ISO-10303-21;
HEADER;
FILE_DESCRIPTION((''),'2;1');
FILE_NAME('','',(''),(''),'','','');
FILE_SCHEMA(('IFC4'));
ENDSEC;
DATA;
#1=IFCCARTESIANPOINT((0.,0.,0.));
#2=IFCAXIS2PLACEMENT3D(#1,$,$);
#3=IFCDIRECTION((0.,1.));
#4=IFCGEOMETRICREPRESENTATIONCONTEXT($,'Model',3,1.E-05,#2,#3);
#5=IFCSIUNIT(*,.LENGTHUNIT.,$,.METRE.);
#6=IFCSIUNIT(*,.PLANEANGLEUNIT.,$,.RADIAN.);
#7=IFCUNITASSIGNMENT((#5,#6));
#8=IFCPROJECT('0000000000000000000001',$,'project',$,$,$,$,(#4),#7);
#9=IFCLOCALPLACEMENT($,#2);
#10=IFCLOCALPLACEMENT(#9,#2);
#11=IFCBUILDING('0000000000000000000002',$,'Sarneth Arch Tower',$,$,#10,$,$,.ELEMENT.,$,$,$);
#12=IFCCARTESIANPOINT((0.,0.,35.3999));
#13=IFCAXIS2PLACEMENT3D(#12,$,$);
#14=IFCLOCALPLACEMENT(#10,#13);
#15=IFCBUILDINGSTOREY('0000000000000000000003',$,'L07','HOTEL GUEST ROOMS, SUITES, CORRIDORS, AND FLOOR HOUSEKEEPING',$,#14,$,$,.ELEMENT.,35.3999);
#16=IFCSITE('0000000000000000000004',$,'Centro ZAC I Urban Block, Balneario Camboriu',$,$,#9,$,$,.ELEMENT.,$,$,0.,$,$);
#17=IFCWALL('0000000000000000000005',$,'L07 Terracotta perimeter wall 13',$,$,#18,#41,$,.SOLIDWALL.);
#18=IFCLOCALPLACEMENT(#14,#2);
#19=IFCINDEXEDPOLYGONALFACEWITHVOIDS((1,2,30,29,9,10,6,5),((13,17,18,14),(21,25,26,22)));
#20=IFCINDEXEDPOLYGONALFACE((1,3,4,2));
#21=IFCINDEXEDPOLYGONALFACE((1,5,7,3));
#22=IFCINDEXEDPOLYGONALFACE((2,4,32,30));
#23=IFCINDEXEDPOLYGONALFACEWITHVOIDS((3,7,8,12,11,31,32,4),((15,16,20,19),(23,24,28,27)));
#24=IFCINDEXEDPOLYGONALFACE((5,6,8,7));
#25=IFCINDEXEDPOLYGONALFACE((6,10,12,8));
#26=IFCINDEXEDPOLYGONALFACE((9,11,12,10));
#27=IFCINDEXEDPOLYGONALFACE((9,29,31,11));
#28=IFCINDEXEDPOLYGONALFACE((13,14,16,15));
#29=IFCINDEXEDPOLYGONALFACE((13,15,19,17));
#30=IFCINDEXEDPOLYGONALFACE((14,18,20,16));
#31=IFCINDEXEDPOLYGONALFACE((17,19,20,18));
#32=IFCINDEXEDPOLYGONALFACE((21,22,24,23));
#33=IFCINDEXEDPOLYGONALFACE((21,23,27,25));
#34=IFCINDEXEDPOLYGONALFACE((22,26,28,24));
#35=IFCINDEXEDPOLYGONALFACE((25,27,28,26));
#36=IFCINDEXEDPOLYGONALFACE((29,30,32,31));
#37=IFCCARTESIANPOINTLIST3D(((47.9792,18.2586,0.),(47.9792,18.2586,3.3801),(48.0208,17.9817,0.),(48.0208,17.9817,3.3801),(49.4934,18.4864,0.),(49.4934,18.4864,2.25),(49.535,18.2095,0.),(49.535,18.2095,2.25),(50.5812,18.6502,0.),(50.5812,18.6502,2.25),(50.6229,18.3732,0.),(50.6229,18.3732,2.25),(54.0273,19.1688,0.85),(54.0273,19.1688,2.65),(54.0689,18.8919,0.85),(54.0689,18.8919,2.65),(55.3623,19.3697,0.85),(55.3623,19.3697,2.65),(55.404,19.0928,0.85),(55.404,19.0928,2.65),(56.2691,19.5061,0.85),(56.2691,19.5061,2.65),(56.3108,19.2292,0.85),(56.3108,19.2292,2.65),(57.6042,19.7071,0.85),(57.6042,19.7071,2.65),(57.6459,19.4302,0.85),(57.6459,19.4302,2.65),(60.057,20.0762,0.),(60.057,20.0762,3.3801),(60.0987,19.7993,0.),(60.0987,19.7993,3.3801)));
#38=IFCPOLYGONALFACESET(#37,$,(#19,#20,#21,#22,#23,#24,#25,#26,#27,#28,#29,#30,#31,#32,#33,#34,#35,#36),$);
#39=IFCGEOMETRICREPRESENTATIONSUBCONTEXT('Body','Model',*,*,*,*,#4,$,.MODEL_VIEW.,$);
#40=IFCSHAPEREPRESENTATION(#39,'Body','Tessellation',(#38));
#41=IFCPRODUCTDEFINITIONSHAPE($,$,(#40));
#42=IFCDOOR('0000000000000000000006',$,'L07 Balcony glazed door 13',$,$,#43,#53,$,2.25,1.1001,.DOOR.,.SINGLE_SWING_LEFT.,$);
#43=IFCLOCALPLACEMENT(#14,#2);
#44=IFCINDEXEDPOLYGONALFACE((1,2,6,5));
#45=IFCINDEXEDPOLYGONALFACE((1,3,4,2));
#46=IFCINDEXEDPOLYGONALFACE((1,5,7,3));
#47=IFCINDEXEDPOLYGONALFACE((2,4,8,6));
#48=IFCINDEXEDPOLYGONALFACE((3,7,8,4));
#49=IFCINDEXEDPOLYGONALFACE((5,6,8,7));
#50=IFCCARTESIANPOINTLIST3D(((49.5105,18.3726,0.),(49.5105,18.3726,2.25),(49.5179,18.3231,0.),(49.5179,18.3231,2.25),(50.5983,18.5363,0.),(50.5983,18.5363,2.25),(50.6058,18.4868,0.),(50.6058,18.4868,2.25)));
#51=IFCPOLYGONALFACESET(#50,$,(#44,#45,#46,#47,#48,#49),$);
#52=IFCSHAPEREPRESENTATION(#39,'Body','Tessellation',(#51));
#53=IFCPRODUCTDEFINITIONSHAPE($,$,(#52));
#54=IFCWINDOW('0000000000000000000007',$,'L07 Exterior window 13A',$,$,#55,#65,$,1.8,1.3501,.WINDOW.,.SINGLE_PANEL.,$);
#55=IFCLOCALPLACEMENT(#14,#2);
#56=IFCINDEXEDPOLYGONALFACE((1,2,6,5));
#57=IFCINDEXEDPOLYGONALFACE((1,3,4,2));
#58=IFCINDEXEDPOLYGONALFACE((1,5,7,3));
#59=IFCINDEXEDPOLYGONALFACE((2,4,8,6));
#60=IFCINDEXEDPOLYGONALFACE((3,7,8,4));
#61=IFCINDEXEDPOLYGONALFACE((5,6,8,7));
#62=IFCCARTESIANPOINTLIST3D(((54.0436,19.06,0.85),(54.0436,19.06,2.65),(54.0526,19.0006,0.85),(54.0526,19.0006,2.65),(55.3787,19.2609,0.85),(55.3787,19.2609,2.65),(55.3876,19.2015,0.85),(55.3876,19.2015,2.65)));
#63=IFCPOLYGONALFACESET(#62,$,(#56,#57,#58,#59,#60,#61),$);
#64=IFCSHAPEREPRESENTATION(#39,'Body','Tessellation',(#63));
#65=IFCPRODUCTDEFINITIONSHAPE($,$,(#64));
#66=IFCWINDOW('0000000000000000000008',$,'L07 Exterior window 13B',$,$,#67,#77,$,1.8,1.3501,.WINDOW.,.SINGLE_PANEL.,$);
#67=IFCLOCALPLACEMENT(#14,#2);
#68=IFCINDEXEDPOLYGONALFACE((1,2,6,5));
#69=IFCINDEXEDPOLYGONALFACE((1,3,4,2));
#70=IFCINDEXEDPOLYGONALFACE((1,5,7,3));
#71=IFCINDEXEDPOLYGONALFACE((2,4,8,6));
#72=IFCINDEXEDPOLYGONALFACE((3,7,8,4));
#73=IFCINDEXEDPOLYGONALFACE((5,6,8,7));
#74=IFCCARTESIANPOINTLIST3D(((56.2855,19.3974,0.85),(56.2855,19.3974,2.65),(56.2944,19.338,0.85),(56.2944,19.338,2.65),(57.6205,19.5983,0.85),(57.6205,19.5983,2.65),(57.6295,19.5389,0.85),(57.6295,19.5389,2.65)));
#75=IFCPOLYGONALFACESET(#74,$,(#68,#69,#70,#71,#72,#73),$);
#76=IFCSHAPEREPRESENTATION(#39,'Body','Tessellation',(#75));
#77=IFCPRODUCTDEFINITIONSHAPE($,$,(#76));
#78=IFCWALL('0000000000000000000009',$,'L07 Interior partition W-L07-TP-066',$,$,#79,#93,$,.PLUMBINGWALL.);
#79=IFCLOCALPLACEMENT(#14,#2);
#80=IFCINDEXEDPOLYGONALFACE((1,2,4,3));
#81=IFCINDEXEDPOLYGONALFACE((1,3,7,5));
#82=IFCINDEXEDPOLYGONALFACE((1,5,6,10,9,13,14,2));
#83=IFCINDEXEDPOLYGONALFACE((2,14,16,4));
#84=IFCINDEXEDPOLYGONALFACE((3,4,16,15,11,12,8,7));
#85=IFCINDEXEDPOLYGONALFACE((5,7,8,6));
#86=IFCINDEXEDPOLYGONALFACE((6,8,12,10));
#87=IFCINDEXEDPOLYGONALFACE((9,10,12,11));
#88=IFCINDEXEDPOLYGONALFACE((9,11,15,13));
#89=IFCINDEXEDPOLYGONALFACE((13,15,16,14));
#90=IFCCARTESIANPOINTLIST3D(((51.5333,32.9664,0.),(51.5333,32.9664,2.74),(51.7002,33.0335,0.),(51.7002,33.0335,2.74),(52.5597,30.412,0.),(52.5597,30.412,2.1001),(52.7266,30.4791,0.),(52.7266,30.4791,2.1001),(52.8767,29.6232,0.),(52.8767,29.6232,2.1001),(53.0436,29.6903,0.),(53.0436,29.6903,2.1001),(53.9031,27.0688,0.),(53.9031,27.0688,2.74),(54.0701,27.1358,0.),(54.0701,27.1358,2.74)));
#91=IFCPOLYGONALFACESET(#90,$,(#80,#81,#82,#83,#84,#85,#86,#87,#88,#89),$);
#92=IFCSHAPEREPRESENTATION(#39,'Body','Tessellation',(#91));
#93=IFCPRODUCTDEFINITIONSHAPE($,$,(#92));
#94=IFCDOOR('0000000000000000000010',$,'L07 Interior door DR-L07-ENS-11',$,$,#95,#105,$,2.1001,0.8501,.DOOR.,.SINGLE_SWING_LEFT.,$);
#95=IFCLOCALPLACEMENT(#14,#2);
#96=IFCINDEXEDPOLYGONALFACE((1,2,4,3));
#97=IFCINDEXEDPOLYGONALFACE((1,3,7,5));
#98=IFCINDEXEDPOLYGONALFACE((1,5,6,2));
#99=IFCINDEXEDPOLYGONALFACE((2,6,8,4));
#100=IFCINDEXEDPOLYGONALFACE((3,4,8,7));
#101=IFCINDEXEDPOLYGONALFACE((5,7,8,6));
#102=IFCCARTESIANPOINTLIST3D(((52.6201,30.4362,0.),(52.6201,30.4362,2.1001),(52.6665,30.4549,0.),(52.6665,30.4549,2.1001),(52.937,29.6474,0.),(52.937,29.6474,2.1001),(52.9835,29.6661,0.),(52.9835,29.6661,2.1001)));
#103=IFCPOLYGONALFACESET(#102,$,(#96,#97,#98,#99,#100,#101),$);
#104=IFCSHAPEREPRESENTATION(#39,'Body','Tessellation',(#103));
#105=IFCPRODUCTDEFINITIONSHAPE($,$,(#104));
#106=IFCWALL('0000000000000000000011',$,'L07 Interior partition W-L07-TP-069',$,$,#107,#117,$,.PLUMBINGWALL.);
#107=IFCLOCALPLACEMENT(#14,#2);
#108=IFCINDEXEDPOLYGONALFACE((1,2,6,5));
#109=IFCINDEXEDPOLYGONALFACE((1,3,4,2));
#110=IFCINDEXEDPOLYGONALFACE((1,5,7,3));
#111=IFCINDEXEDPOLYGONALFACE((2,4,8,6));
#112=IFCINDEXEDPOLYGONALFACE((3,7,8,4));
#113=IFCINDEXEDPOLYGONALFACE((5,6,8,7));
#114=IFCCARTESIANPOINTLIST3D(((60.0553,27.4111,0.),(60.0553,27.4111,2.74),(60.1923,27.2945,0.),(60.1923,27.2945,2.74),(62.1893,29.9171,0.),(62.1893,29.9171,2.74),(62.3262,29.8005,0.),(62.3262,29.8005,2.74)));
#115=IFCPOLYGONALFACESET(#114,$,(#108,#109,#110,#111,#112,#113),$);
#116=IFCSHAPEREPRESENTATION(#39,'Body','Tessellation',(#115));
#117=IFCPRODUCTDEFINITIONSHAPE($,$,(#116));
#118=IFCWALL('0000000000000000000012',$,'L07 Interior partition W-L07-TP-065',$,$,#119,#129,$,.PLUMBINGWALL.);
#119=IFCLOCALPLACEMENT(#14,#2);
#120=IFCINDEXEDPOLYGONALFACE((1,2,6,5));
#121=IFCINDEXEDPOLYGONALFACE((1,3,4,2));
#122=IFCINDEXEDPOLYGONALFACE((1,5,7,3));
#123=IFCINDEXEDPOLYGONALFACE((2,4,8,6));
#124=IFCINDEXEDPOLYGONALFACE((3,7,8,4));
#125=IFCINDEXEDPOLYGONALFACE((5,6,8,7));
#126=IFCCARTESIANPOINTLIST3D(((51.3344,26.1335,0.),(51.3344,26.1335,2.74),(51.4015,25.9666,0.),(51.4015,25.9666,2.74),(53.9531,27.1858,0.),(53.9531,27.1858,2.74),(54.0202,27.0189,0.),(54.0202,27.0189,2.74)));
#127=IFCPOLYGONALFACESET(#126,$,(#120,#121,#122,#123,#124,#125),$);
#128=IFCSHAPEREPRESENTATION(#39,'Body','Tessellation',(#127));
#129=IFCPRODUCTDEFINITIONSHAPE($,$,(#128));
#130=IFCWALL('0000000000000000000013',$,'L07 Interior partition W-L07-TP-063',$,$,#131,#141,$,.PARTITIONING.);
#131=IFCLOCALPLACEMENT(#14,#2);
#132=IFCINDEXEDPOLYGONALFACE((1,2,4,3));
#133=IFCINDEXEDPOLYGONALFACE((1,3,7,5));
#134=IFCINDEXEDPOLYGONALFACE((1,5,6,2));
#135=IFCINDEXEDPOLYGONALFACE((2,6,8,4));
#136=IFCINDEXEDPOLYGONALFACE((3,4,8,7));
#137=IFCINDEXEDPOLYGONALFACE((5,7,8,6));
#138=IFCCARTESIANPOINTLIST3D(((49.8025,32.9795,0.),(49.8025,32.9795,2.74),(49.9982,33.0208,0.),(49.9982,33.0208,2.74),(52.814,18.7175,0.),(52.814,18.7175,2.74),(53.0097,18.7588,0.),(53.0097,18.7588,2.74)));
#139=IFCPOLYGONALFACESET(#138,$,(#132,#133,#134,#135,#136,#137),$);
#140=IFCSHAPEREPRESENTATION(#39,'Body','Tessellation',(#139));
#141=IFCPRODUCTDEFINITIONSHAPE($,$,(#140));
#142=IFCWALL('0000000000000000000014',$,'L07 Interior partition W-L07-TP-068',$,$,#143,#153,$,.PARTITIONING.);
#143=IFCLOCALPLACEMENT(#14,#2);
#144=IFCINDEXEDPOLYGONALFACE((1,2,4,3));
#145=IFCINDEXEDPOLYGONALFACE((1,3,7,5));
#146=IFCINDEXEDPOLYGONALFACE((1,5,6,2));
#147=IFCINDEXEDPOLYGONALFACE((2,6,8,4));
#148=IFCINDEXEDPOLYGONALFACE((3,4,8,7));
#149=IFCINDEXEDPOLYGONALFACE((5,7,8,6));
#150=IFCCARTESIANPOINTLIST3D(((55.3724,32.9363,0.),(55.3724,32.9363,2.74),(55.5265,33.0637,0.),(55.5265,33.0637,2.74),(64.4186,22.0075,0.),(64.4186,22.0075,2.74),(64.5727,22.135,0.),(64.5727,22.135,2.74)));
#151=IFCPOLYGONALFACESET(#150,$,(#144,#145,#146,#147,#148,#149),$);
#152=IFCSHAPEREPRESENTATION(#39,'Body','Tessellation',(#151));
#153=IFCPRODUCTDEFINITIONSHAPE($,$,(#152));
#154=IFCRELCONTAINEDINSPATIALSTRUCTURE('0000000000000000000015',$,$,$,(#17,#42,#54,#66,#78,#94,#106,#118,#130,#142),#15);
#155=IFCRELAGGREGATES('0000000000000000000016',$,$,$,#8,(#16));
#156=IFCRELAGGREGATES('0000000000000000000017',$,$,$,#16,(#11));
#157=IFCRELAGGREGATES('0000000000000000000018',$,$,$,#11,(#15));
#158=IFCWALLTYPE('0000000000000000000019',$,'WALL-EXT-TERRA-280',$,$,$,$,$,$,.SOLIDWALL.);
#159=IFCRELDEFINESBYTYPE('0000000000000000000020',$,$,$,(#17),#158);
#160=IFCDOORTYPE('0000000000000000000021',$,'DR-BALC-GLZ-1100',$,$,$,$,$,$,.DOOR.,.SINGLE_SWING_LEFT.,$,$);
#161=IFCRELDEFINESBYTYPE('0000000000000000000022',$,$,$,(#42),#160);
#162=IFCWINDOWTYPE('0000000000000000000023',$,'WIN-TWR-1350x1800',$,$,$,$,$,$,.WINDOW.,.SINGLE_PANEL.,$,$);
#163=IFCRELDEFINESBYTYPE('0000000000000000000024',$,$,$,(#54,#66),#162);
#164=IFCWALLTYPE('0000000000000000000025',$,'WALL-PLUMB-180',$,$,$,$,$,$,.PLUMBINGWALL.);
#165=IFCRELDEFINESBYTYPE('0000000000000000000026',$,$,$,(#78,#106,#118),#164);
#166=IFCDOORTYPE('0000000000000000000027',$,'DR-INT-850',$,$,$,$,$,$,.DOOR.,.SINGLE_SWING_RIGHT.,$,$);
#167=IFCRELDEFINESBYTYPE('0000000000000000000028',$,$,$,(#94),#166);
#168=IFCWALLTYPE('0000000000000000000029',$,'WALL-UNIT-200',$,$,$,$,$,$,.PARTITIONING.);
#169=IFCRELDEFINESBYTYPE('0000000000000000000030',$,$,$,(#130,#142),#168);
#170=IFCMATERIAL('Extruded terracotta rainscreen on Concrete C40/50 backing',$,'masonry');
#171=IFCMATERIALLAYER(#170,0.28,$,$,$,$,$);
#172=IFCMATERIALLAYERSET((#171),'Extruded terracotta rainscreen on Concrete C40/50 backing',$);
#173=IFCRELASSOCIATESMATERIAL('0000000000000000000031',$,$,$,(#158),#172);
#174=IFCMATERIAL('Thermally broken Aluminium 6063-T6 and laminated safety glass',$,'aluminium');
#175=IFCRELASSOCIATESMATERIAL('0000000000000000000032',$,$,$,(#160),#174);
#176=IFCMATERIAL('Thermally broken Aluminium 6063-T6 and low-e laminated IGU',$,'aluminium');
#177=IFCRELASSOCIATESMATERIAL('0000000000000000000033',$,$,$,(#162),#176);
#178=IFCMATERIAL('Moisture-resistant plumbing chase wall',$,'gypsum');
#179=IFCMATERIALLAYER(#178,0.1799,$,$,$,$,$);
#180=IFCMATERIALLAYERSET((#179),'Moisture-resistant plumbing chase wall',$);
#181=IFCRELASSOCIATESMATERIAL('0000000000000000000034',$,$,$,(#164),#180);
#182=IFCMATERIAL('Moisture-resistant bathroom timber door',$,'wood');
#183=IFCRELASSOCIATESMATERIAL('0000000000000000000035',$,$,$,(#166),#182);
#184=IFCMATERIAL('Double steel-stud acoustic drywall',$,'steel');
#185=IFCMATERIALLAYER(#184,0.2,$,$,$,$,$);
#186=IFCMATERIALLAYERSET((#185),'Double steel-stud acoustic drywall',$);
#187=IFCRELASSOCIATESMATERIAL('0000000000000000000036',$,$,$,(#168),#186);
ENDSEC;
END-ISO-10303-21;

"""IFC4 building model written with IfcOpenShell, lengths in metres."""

from ifc_helpers import new_model, si_unit, direction, frame, frame_2d, origin, place, context, subcontext, project, spatial, rectangle, extrude, material, layer, layer_set, type_object, element, fill, save


model = new_model("IFC4")

# Units and contexts
model_context = context("Model", 3, precision=1e-05, world=origin(), true_north=direction((0.0, 1.0)))
body_context = subcontext(model_context, "Body", "Model", "MODEL_VIEW")
ifc_project = project(units=[si_unit("LENGTHUNIT", "METRE"), si_unit("PLANEANGLEUNIT", "RADIAN")], contexts=[model_context])

# Site, building, storey
site_placement = place(None, origin())
site = spatial("IfcSite", under=ifc_project, at=site_placement, Name="Centro ZAC I Urban Block, Balneario Camboriu", CompositionType="ELEMENT", RefElevation=0.0)
building_placement = place(site_placement, origin())
building = spatial("IfcBuilding", under=site, at=building_placement, Name="Sarneth Arch Tower", CompositionType="ELEMENT")
storey_placement = place(building_placement, frame((0.0, 0.0, 35.3999)))
storey = spatial("IfcBuildingStorey", under=building, at=storey_placement, Name="L07", Description="HOTEL GUEST ROOMS, SUITES, CORRIDORS, AND FLOOR HOUSEKEEPING", CompositionType="ELEMENT", Elevation=35.3999)

# Wall, openings, door, windows
ifc_material_1 = material(Name="Extruded terracotta rainscreen on Concrete C40/50 backing", Category="masonry")
ifc_layer_1 = layer(ifc_material_1, 0.28)
ifc_layer_set_1 = layer_set([ifc_layer_1], Name="Extruded terracotta rainscreen on Concrete C40/50 backing")
wall_type_1 = type_object("IfcWallType", Name="WALL-EXT-TERRA-280", PredefinedType="SOLIDWALL", material=ifc_layer_set_1)
wall_1_placement = place(storey_placement, frame((48.0, 18.1201, 0.0), z_axis=(0.0, 0.0, 1.0), x_axis=(0.988865, 0.148816, 0.0)))
wall_1 = element("IfcWall", 1, at=wall_1_placement, inside=storey, type_object=wall_type_1, Name="L07 Terracotta perimeter wall 13", PredefinedType="SOLIDWALL", context=body_context, shape_type="SweptSolid", body=[
    extrude(rectangle(XDim=12.2139, YDim=0.28, at=frame_2d((6.1069, 0.0))), origin(), (0.0, 0.0, 1.0), 3.3801),
])
opening_1_placement = place(wall_1_placement, frame((1.5312, 0.0, 0.0)))
opening_1 = element("IfcOpeningElement", 2, at=opening_1_placement, cuts=wall_1, PredefinedType="OPENING", context=body_context, shape_type="SweptSolid", body=[
    extrude(rectangle(XDim=1.1001, YDim=2.25, at=frame_2d((0.55, 1.125))), frame((0.0, 0.1499, 0.0), z_axis=(0.0, -1.0, 0.0), x_axis=(1.0, 0.0, 0.0)), (0.0, 0.0, 1.0), 0.3),
])
opening_2_placement = place(wall_1_placement, frame((6.1162, 0.0, 0.8501)))
opening_2 = element("IfcOpeningElement", 3, at=opening_2_placement, cuts=wall_1, PredefinedType="OPENING", context=body_context, shape_type="SweptSolid", body=[
    extrude(rectangle(XDim=1.3501, YDim=1.8, at=frame_2d((0.675, 0.8999))), frame((0.0, 0.1499, 0.0), z_axis=(0.0, -1.0, 0.0), x_axis=(1.0, 0.0, 0.0)), (0.0, 0.0, 1.0), 0.3),
])
opening_3_placement = place(wall_1_placement, frame((8.3833, 0.0, 0.8501)))
opening_3 = element("IfcOpeningElement", 4, at=opening_3_placement, cuts=wall_1, PredefinedType="OPENING", context=body_context, shape_type="SweptSolid", body=[
    extrude(rectangle(XDim=1.3501, YDim=1.8, at=frame_2d((0.675, 0.8999))), frame((0.0, 0.1499, 0.0), z_axis=(0.0, -1.0, 0.0), x_axis=(1.0, 0.0, 0.0)), (0.0, 0.0, 1.0), 0.3),
])
ifc_material_2 = material(Name="Thermally broken Aluminium 6063-T6 and laminated safety glass", Category="aluminium")
door_type_1 = type_object("IfcDoorType", Name="DR-BALC-GLZ-1100", OperationType="SINGLE_SWING_LEFT", PredefinedType="DOOR", material=ifc_material_2)
door_1_placement = place(opening_1_placement, origin())
door_1 = element("IfcDoor", 5, at=door_1_placement, inside=storey, type_object=door_type_1, Name="L07 Balcony glazed door 13", OperationType="SINGLE_SWING_LEFT", OverallHeight=2.25, OverallWidth=1.1001, PredefinedType="DOOR", context=body_context, shape_type="SweptSolid", body=[
    extrude(rectangle(XDim=1.1001, YDim=2.25, at=frame_2d((0.55, 1.125))), frame((0.0, 0.0249, 0.0), z_axis=(0.0, -1.0, 0.0), x_axis=(1.0, 0.0, 0.0)), (0.0, 0.0, 1.0), 0.05),
])
fill(opening_1, door_1)
ifc_material_3 = material(Name="Thermally broken Aluminium 6063-T6 and low-e laminated IGU", Category="aluminium")
window_type = type_object("IfcWindowType", Name="WIN-TWR-1350x1800", PartitioningType="SINGLE_PANEL", PredefinedType="WINDOW", material=ifc_material_3)
window_1_placement = place(opening_2_placement, origin())
window_1 = element("IfcWindow", 6, at=window_1_placement, inside=storey, type_object=window_type, Name="L07 Exterior window 13A", OverallHeight=1.8, OverallWidth=1.3501, PartitioningType="SINGLE_PANEL", PredefinedType="WINDOW", context=body_context, shape_type="SweptSolid", body=[
    extrude(rectangle(XDim=1.3501, YDim=1.8, at=frame_2d((0.675, 0.8999))), frame((0.0, 0.03, 0.0), z_axis=(0.0, -1.0, 0.0), x_axis=(1.0, 0.0, 0.0)), (0.0, 0.0, 1.0), 0.0601),
])
fill(opening_2, window_1)
window_2_placement = place(opening_3_placement, origin())
window_2 = element("IfcWindow", 7, at=window_2_placement, inside=storey, type_object=window_type, Name="L07 Exterior window 13B", OverallHeight=1.8, OverallWidth=1.3501, PartitioningType="SINGLE_PANEL", PredefinedType="WINDOW", context=body_context, shape_type="SweptSolid", body=[
    extrude(rectangle(XDim=1.3501, YDim=1.8, at=frame_2d((0.675, 0.8999))), frame((0.0, 0.03, 0.0), z_axis=(0.0, -1.0, 0.0), x_axis=(1.0, 0.0, 0.0)), (0.0, 0.0, 1.0), 0.0601),
])
fill(opening_3, window_2)

# Wall, opening, door
ifc_material_4 = material(Name="Moisture-resistant plumbing chase wall", Category="gypsum")
ifc_layer_2 = layer(ifc_material_4, 0.1799)
ifc_layer_set_2 = layer_set([ifc_layer_2], Name="Moisture-resistant plumbing chase wall")
wall_type_2 = type_object("IfcWallType", Name="WALL-PLUMB-180", PredefinedType="PLUMBINGWALL", material=ifc_layer_set_2)
wall_2_placement = place(storey_placement, frame((53.9866, 27.1023, 0.0), z_axis=(0.0, 0.0, 1.0), x_axis=(-0.372854, 0.92789, 0.0)))
wall_2 = element("IfcWall", 8, at=wall_2_placement, inside=storey, type_object=wall_type_2, Name="L07 Interior partition W-L07-TP-066", PredefinedType="PLUMBINGWALL", context=body_context, shape_type="SweptSolid", body=[
    extrude(rectangle(XDim=6.356, YDim=0.1799, at=frame_2d((3.178, 0.0))), origin(), (0.0, 0.0, 1.0), 2.74),
])
opening_4_placement = place(wall_2_placement, frame((2.7529, 0.0, 0.0)))
opening_4 = element("IfcOpeningElement", 9, at=opening_4_placement, cuts=wall_2, PredefinedType="OPENING", context=body_context, shape_type="SweptSolid", body=[
    extrude(rectangle(XDim=0.8501, YDim=2.1001, at=frame_2d((0.425, 1.05))), frame((0.0, 0.0999, 0.0), z_axis=(0.0, -1.0, 0.0), x_axis=(1.0, 0.0, 0.0)), (0.0, 0.0, 1.0), 0.2),
])
ifc_material_5 = material(Name="Moisture-resistant bathroom timber door", Category="wood")
door_type_2 = type_object("IfcDoorType", Name="DR-INT-850", OperationType="SINGLE_SWING_RIGHT", PredefinedType="DOOR", material=ifc_material_5)
door_2_placement = place(opening_4_placement, origin())
door_2 = element("IfcDoor", 10, at=door_2_placement, inside=storey, type_object=door_type_2, Name="L07 Interior door DR-L07-ENS-11", OperationType="SINGLE_SWING_LEFT", OverallHeight=2.1001, OverallWidth=0.8501, PredefinedType="DOOR", context=body_context, shape_type="SweptSolid", body=[
    extrude(rectangle(XDim=0.8501, YDim=2.1001, at=frame_2d((0.425, 1.05))), frame((0.0, 0.0249, 0.0), z_axis=(0.0, -1.0, 0.0), x_axis=(1.0, 0.0, 0.0)), (0.0, 0.0, 1.0), 0.05),
])
fill(opening_4, door_2)

# Walls
wall_3_placement = place(storey_placement, frame((60.1238, 27.3528, 0.0), z_axis=(0.0, 0.0, 1.0), x_axis=(0.648326, 0.761363, 0.0)))
element("IfcWall", 11, at=wall_3_placement, inside=storey, type_object=wall_type_2, Name="L07 Interior partition W-L07-TP-069", PredefinedType="PLUMBINGWALL", context=body_context, shape_type="SweptSolid", body=[
    extrude(rectangle(XDim=3.2915, YDim=0.1799, at=frame_2d((1.6458, 0.0))), origin(), (0.0, 0.0, 1.0), 2.74),
])
wall_4_placement = place(storey_placement, frame((51.3679, 26.05, 0.0), z_axis=(0.0, 0.0, 1.0), x_axis=(0.927891, 0.372852, 0.0)))
element("IfcWall", 12, at=wall_4_placement, inside=storey, type_object=wall_type_2, Name="L07 Interior partition W-L07-TP-065", PredefinedType="PLUMBINGWALL", context=body_context, shape_type="SweptSolid", body=[
    extrude(rectangle(XDim=2.8223, YDim=0.1799, at=frame_2d((1.4111, 0.0))), origin(), (0.0, 0.0, 1.0), 2.74),
])
ifc_material_6 = material(Name="Double steel-stud acoustic drywall", Category="steel")
ifc_layer_3 = layer(ifc_material_6, 0.2)
ifc_layer_set_3 = layer_set([ifc_layer_3], Name="Double steel-stud acoustic drywall")
wall_type_3 = type_object("IfcWallType", Name="WALL-UNIT-200", PredefinedType="PARTITIONING", material=ifc_layer_set_3)
wall_5_placement = place(storey_placement, frame((49.9004, 33.0, 0.0), z_axis=(0.0, 0.0, 1.0), x_axis=(0.206599, -0.978426, 0.0)))
element("IfcWall", 13, at=wall_5_placement, inside=storey, type_object=wall_type_3, Name="L07 Interior partition W-L07-TP-063", PredefinedType="PARTITIONING", context=body_context, shape_type="SweptSolid", body=[
    extrude(rectangle(XDim=14.5764, YDim=0.2, at=frame_2d((7.2881, 0.0))), origin(), (0.0, 0.0, 1.0), 2.74),
])
wall_6_placement = place(storey_placement, frame((55.4495, 33.0, 0.0), z_axis=(0.0, 0.0, 1.0), x_axis=(0.637639, -0.770336, 0.0)))
element("IfcWall", 14, at=wall_6_placement, inside=storey, type_object=wall_type_3, Name="L07 Interior partition W-L07-TP-068", PredefinedType="PARTITIONING", context=body_context, shape_type="SweptSolid", body=[
    extrude(rectangle(XDim=14.187, YDim=0.2, at=frame_2d((7.0935, 0.0))), origin(), (0.0, 0.0, 1.0), 2.74),
])

save(model, "model.ifc")
